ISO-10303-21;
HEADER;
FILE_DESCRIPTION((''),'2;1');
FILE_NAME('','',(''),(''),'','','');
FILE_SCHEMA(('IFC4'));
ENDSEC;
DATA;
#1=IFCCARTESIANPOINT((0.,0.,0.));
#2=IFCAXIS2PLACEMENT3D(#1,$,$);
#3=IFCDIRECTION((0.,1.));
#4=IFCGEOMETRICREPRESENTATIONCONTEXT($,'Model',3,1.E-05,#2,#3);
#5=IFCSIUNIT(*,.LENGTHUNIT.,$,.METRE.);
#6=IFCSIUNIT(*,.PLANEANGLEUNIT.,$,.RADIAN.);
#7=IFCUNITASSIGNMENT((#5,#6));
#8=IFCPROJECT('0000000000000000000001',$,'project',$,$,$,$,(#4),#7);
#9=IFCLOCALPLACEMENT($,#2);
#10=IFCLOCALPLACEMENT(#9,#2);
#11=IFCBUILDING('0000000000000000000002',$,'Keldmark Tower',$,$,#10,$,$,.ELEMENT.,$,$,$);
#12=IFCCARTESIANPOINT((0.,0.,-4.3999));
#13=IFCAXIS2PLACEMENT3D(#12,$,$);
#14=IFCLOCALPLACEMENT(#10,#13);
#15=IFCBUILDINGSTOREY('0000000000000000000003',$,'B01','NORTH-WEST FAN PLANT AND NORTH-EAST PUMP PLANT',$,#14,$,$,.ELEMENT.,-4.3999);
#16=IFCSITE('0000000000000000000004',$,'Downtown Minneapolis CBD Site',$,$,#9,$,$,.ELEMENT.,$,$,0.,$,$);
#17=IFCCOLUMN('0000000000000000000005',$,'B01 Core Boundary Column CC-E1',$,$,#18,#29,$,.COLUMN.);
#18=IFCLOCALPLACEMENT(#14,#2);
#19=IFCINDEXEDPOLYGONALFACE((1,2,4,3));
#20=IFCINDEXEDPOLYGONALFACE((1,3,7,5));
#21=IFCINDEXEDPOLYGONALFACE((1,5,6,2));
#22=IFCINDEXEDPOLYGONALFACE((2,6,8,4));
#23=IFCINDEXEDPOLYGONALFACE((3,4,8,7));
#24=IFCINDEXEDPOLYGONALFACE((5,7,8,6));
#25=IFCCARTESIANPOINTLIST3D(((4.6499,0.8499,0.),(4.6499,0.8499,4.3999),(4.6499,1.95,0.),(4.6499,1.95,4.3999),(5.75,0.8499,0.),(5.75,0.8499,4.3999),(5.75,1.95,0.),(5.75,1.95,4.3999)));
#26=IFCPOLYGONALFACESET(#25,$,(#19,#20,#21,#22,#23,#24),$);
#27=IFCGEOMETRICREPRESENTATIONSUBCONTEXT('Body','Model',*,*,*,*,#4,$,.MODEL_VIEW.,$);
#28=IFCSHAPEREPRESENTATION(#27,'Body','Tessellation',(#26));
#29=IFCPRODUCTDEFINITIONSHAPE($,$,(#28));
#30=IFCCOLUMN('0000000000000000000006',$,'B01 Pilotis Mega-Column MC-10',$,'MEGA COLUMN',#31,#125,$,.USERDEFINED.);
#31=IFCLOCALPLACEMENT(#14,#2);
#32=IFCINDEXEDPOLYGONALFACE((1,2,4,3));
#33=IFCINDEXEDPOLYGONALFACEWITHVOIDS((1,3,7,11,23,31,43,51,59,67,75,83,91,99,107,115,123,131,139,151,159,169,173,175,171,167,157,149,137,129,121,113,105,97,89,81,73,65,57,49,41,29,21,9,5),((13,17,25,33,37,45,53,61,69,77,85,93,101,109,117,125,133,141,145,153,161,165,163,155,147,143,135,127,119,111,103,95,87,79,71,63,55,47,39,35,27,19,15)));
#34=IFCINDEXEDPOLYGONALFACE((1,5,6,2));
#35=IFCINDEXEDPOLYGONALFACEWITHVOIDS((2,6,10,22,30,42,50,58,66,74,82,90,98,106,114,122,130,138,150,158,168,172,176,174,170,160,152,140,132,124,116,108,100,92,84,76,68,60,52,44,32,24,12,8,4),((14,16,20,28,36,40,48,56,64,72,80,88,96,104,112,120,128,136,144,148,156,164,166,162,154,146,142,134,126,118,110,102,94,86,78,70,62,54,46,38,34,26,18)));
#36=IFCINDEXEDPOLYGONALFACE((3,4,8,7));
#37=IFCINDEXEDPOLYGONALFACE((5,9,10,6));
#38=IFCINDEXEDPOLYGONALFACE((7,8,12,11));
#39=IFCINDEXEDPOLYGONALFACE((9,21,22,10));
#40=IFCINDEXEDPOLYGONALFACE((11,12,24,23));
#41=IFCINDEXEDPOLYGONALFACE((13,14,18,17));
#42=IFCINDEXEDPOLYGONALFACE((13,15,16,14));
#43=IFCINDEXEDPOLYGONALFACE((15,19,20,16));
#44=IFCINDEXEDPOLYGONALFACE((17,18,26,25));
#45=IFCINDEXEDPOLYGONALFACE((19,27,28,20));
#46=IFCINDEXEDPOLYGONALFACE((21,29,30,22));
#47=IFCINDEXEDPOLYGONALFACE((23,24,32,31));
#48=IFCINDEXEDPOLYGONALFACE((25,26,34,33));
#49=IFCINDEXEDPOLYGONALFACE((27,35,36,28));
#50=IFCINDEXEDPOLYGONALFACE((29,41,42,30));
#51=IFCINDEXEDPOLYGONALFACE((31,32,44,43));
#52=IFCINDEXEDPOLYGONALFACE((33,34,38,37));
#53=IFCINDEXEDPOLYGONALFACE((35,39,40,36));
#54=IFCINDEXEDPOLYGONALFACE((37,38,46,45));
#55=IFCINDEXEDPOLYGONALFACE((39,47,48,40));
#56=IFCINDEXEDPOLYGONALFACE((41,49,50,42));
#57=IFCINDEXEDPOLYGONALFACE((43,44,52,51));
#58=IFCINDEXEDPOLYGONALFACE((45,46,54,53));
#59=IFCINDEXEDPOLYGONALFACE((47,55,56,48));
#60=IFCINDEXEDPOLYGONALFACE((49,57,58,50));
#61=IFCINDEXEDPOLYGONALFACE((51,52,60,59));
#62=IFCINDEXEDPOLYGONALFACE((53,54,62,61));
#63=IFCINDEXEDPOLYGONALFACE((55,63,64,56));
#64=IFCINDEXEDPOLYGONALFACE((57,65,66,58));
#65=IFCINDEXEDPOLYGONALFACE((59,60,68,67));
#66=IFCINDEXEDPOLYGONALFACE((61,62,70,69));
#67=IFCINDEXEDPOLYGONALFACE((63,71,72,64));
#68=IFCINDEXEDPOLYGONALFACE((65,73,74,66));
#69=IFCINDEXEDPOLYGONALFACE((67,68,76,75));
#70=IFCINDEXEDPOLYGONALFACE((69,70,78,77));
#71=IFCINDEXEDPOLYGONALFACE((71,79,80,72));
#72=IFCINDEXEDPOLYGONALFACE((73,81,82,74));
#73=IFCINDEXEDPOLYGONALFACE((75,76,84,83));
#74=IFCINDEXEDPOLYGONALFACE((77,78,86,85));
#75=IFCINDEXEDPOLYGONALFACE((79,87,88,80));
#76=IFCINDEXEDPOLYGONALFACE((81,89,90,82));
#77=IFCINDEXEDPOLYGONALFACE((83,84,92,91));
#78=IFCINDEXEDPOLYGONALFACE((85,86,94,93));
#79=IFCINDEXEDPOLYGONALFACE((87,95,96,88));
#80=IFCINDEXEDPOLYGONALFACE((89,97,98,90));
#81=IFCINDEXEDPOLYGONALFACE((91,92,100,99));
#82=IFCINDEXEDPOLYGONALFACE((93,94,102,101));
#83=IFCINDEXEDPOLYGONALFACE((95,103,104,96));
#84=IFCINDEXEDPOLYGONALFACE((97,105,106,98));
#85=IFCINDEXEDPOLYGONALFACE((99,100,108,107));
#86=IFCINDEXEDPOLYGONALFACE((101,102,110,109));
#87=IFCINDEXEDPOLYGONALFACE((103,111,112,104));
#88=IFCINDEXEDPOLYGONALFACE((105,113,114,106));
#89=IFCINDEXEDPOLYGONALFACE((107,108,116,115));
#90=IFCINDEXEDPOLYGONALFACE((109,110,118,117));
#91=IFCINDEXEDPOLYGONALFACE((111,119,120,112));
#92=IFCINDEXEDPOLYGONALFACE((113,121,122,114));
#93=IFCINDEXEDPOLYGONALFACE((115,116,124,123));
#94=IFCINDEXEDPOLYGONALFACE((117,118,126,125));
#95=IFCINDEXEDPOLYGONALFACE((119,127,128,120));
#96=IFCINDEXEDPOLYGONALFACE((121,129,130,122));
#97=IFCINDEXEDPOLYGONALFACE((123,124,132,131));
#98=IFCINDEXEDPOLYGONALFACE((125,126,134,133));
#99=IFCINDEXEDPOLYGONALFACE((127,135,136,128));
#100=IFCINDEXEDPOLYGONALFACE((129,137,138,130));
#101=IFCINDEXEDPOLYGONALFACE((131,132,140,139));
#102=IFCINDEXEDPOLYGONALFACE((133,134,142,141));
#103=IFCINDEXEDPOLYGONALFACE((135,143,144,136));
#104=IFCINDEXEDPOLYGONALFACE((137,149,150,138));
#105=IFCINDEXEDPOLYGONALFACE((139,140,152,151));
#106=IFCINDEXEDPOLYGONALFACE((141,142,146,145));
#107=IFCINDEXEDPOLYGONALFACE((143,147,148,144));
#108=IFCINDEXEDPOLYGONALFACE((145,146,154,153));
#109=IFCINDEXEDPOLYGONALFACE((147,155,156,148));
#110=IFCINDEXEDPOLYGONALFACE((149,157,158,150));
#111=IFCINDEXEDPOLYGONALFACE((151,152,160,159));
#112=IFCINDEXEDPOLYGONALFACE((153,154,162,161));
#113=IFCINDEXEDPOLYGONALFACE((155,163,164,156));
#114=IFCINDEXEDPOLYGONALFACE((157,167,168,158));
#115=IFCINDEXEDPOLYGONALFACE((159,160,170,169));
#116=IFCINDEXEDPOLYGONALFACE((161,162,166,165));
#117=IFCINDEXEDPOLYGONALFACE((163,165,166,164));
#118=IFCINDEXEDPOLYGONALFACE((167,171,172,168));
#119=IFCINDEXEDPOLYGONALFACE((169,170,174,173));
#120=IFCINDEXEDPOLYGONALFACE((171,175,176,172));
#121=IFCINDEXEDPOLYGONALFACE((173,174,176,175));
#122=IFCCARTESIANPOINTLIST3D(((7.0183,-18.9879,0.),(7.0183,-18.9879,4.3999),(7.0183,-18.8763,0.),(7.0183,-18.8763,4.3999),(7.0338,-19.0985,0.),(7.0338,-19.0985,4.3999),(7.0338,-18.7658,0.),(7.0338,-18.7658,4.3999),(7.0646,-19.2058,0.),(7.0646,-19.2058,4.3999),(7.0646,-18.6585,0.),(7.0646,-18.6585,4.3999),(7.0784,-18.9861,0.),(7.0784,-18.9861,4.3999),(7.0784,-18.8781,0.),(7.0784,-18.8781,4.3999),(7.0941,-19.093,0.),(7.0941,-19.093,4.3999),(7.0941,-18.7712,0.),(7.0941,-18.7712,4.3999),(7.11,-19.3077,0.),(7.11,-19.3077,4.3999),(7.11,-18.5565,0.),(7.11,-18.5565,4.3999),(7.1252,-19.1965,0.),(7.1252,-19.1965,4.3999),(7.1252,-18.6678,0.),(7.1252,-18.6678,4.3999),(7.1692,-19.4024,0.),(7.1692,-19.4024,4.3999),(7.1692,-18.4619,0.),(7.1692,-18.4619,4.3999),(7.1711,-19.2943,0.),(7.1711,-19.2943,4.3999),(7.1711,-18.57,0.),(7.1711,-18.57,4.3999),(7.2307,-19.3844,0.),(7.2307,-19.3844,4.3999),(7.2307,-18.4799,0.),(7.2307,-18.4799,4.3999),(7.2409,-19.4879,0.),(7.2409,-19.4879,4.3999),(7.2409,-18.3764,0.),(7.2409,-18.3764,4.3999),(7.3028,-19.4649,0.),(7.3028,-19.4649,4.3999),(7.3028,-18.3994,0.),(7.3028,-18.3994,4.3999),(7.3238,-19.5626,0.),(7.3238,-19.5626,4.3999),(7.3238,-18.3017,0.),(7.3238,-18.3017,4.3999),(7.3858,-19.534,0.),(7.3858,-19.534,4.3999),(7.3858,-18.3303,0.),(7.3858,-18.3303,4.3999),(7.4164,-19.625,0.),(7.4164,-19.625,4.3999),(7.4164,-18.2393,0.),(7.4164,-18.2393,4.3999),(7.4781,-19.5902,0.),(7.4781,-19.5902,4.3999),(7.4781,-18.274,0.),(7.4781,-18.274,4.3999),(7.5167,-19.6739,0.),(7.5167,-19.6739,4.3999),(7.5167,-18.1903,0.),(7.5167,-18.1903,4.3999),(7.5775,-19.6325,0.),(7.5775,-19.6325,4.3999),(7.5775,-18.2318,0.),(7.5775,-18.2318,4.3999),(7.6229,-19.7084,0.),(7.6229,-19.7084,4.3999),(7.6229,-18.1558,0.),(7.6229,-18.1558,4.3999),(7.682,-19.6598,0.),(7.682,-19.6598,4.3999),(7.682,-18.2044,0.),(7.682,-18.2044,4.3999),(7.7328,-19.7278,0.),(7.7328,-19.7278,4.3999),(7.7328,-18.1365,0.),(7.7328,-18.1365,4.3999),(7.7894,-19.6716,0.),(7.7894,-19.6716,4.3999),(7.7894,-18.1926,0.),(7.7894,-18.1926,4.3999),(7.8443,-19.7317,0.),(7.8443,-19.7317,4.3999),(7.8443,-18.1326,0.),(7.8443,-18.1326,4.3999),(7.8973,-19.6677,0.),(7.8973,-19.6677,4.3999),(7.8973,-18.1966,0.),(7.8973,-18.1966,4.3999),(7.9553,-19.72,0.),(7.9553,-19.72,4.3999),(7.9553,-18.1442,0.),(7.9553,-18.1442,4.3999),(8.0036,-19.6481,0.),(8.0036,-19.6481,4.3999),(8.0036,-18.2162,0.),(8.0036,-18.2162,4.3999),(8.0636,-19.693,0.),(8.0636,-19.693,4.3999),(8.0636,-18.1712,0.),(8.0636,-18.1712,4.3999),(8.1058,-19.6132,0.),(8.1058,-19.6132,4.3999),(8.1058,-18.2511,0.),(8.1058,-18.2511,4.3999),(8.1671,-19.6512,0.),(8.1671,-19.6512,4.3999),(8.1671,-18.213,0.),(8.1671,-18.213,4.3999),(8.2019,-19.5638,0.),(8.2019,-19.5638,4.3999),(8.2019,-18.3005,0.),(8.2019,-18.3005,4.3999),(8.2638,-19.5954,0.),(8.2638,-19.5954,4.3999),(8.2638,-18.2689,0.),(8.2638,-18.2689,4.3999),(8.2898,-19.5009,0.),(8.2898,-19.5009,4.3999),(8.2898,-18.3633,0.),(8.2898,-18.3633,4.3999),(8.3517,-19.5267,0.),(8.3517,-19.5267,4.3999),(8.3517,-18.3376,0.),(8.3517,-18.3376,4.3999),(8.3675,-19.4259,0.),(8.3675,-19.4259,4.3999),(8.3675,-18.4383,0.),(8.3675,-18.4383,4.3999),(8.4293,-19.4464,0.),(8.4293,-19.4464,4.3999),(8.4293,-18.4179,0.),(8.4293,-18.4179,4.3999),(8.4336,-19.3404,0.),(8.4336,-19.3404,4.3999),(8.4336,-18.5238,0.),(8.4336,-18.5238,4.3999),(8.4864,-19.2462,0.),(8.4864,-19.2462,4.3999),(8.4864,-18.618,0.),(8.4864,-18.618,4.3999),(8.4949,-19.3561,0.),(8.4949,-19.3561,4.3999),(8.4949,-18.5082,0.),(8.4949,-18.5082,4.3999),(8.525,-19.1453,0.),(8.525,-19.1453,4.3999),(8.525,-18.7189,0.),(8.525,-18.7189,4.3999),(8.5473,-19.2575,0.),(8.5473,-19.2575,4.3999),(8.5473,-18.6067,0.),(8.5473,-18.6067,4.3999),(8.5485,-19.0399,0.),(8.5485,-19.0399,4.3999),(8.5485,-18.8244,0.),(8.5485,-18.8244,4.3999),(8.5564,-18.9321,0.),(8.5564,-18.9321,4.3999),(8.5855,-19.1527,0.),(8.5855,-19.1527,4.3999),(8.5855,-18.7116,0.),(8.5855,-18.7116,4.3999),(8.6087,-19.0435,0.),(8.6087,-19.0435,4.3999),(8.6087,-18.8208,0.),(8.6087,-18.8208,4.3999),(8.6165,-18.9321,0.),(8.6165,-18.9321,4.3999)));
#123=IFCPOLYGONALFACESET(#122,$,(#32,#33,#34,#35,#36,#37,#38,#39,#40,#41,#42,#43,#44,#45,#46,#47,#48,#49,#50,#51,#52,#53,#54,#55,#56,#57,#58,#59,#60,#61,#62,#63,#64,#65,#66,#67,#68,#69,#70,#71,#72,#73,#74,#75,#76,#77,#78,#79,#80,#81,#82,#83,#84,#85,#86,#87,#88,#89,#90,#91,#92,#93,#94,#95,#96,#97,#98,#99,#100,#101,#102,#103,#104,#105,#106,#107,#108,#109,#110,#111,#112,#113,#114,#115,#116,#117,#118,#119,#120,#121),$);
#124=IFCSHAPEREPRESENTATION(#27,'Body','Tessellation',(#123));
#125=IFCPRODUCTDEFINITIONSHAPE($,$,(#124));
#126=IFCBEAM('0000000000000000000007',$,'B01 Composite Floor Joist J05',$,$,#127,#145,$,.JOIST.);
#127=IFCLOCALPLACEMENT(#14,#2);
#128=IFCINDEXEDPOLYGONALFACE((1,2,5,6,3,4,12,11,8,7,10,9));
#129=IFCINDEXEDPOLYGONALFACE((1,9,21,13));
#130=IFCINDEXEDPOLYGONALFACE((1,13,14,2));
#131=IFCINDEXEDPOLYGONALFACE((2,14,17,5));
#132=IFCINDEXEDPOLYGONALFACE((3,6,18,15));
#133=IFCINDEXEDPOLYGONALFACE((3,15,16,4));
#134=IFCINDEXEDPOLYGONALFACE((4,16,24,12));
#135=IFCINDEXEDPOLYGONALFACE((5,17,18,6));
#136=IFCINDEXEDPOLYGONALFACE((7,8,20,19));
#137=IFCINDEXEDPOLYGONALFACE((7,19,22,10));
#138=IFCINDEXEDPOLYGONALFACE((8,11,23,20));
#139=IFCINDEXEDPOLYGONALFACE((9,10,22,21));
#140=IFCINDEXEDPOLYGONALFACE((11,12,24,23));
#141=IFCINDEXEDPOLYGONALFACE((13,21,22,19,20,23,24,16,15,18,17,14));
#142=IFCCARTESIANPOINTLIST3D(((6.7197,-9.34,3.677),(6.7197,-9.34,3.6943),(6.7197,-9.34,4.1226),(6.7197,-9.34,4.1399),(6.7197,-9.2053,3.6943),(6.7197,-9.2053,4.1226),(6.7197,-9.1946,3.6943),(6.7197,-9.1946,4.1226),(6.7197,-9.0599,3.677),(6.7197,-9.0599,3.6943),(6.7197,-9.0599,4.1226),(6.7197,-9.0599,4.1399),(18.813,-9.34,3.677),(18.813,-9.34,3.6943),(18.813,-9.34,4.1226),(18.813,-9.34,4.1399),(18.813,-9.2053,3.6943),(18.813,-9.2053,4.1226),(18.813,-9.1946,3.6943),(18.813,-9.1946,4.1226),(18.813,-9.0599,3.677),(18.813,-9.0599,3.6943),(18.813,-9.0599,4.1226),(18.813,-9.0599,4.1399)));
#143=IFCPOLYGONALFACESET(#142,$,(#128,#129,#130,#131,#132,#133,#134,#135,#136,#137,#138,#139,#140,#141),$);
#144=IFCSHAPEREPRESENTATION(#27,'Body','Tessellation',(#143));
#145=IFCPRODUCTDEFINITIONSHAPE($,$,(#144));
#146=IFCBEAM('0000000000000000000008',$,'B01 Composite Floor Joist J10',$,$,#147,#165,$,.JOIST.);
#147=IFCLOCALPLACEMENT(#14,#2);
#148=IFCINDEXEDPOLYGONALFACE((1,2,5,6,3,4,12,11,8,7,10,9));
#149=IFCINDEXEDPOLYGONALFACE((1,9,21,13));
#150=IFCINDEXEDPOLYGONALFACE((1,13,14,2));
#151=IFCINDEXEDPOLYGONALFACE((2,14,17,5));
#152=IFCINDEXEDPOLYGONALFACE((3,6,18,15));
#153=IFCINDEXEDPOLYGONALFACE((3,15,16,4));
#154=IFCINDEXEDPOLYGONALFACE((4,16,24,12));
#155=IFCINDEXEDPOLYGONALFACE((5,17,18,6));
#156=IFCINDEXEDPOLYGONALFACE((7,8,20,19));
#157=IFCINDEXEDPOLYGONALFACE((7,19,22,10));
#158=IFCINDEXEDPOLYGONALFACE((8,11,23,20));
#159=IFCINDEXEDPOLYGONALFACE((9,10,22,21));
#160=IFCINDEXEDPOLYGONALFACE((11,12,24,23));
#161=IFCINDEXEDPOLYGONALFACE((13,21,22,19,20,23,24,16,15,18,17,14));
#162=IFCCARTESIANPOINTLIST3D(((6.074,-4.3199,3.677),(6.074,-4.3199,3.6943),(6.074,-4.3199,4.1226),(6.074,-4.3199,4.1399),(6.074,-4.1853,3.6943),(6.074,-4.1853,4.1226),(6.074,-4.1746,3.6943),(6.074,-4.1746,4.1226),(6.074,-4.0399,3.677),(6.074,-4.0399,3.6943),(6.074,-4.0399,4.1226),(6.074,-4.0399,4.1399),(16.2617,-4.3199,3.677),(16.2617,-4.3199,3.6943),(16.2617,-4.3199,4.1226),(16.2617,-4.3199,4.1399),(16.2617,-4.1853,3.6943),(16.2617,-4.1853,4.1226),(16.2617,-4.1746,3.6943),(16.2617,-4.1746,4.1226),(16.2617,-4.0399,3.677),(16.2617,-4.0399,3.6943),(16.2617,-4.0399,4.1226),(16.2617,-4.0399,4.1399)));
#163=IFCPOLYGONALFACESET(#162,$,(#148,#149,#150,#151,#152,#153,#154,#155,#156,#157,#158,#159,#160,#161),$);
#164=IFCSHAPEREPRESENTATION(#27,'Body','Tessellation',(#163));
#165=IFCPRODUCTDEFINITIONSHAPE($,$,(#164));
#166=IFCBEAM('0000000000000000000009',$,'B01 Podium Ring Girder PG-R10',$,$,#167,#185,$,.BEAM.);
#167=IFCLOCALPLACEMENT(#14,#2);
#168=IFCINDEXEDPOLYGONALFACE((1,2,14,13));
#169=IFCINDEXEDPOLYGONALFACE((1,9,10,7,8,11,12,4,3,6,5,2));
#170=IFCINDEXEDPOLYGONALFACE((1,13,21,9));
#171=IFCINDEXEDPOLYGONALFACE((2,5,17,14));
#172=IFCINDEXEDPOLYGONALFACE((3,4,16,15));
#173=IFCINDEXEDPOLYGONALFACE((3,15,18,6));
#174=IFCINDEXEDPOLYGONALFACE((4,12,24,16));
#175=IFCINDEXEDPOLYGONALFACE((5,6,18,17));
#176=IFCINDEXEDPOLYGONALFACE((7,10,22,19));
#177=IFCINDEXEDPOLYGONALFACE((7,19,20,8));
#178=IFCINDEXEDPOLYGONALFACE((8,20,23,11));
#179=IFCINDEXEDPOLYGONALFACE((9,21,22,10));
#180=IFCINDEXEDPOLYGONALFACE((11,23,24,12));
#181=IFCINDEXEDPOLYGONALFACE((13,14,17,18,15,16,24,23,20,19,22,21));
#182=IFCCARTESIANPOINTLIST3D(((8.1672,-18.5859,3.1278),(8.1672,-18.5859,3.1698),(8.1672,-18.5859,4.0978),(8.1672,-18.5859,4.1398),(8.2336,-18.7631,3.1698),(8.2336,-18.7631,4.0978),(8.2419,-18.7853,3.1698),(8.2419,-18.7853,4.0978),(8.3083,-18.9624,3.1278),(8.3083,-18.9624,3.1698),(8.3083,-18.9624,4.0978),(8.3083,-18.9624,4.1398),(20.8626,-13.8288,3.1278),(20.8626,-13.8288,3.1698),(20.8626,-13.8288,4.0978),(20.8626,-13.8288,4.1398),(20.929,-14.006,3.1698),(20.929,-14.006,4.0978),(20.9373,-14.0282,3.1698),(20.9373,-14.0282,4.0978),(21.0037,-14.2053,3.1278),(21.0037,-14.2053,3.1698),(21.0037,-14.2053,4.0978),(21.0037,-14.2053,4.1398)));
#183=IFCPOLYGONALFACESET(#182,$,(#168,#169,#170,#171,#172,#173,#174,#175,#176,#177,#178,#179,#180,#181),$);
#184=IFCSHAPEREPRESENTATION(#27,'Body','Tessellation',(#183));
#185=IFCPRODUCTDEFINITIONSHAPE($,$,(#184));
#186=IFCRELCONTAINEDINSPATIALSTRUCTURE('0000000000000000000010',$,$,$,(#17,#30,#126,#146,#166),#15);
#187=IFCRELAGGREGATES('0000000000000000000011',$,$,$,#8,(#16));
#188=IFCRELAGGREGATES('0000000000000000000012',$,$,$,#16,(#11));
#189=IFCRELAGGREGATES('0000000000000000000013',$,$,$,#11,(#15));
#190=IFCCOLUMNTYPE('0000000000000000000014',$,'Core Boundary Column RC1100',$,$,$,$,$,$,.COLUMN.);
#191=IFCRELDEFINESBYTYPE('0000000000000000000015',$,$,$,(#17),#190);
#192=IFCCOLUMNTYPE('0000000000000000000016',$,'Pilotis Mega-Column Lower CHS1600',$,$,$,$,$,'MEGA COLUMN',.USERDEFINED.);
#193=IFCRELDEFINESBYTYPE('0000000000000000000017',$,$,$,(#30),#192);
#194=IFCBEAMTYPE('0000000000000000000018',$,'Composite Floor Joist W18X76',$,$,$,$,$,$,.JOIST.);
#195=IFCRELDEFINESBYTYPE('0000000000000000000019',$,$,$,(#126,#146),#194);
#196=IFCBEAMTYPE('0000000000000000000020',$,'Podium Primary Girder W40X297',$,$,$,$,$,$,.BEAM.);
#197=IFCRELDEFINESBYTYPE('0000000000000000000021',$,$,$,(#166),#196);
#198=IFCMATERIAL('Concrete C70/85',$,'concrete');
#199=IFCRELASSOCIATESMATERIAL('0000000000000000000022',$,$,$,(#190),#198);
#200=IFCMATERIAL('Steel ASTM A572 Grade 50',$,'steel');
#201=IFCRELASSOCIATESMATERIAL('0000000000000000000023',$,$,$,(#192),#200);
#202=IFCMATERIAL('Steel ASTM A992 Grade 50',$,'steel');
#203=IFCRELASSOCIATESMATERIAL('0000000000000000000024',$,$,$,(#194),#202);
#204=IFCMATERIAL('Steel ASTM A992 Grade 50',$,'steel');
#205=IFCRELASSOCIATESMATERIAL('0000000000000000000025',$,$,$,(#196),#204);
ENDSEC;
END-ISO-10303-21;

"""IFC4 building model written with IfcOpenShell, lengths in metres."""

from ifc_helpers import new_model, si_unit, direction, frame, origin, origin_2d, place, context, subcontext, project, spatial, rectangle, hollow_circle, i_section, extrude, material, material_profile, profile_set, type_object, element, save


model = new_model("IFC4")

# Units and contexts
model_context = context("Model", 3, precision=1e-05, world=origin(), true_north=direction((0.0, 1.0)))
body_context = subcontext(model_context, "Body", "Model", "MODEL_VIEW")
ifc_project = project(units=[si_unit("LENGTHUNIT", "METRE"), si_unit("PLANEANGLEUNIT", "RADIAN")], contexts=[model_context])

# Site, building, storey
site_placement = place(None, origin())
site = spatial("IfcSite", under=ifc_project, at=site_placement, Name="Downtown Minneapolis CBD Site", CompositionType="ELEMENT", RefElevation=0.0)
building_placement = place(site_placement, origin())
building = spatial("IfcBuilding", under=site, at=building_placement, Name="Keldmark Tower", CompositionType="ELEMENT")
storey_placement = place(building_placement, frame((0.0, 0.0, -4.3999)))
storey = spatial("IfcBuildingStorey", under=building, at=storey_placement, Name="B01", Description="NORTH-WEST FAN PLANT AND NORTH-EAST PUMP PLANT", CompositionType="ELEMENT", Elevation=-4.3999)

# Columns
ifc_material_1 = material(Name="Concrete C70/85", Category="concrete")
ifc_material_profile_1 = material_profile(ifc_material_1, rectangle(XDim=1.1001, YDim=1.1001, at=origin_2d()), Name="RC1100X1100")
ifc_profile_set_1 = profile_set([ifc_material_profile_1], Name="Concrete C70/85")
column_type_1 = type_object("IfcColumnType", Name="Core Boundary Column RC1100", PredefinedType="COLUMN", material=ifc_profile_set_1)
column_1_placement = place(storey_placement, frame((5.2, 1.3999, 0.0), z_axis=(0.0, 0.0, 1.0), x_axis=(1.0, 0.0, 0.0)))
element("IfcColumn", 1, at=column_1_placement, inside=storey, type_object=column_type_1, Name="B01 Core Boundary Column CC-E1", PredefinedType="COLUMN", context=body_context, shape_type="SweptSolid", body=[
    extrude(rectangle(XDim=1.1001, YDim=1.1001, at=origin_2d()), origin(), (0.0, 0.0, 1.0), 4.3999),
])
ifc_material_2 = material(Name="Steel ASTM A572 Grade 50", Category="steel")
ifc_material_profile_2 = material_profile(ifc_material_2, hollow_circle(Radius=0.8, WallThickness=0.0601, at=origin_2d()), Name="CHS1600X60")
ifc_profile_set_2 = profile_set([ifc_material_profile_2], Name="Steel ASTM A572 Grade 50")
column_type_2 = type_object("IfcColumnType", Name="Pilotis Mega-Column Lower CHS1600", ElementType="MEGA COLUMN", PredefinedType="USERDEFINED", material=ifc_profile_set_2)
column_2_placement = place(storey_placement, frame((7.8164, -18.9321, 0.0), z_axis=(0.0, 0.0, 1.0), x_axis=(1.0, 0.0, 0.0)))
element("IfcColumn", 2, at=column_2_placement, inside=storey, type_object=column_type_2, Name="B01 Pilotis Mega-Column MC-10", ObjectType="MEGA COLUMN", PredefinedType="USERDEFINED", context=body_context, shape_type="SweptSolid", body=[
    extrude(hollow_circle(Radius=0.8, WallThickness=0.0601, at=origin_2d()), origin(), (0.0, 0.0, 1.0), 4.3999),
])

# Beams
ifc_material_3 = material(Name="Steel ASTM A992 Grade 50", Category="steel")
ifc_material_profile_3 = material_profile(ifc_material_3, i_section(OverallWidth=0.28, OverallDepth=0.4629, WebThickness=0.0107, FlangeThickness=0.0173, at=origin_2d()), Name="W18X76")
ifc_profile_set_3 = profile_set([ifc_material_profile_3], Name="Steel ASTM A992 Grade 50")
beam_type_1 = type_object("IfcBeamType", Name="Composite Floor Joist W18X76", PredefinedType="JOIST", material=ifc_profile_set_3)
beam_1_placement = place(storey_placement, frame((6.7197, -9.2, 3.9084), z_axis=(1.0, 0.0, 0.0), x_axis=(0.0, 1.0, 0.0)))
element("IfcBeam", 3, at=beam_1_placement, inside=storey, type_object=beam_type_1, Name="B01 Composite Floor Joist J05", PredefinedType="JOIST", context=body_context, shape_type="SweptSolid", body=[
    extrude(i_section(OverallWidth=0.28, OverallDepth=0.4629, WebThickness=0.0107, FlangeThickness=0.0173, at=origin_2d()), origin(), (0.0, 0.0, 1.0), 12.0933),
])
beam_2_placement = place(storey_placement, frame((6.074, -4.1799, 3.9084), z_axis=(1.0, 0.0, 0.0), x_axis=(0.0, 1.0, 0.0)))
element("IfcBeam", 4, at=beam_2_placement, inside=storey, type_object=beam_type_1, Name="B01 Composite Floor Joist J10", PredefinedType="JOIST", context=body_context, shape_type="SweptSolid", body=[
    extrude(i_section(OverallWidth=0.28, OverallDepth=0.4629, WebThickness=0.0107, FlangeThickness=0.0173, at=origin_2d()), origin(), (0.0, 0.0, 1.0), 10.1877),
])
ifc_material_4 = material(Name="Steel ASTM A992 Grade 50", Category="steel")
ifc_material_profile_4 = material_profile(ifc_material_4, i_section(OverallWidth=0.4021, OverallDepth=1.012, WebThickness=0.0237, FlangeThickness=0.042, at=origin_2d()), Name="W40X297")
ifc_profile_set_4 = profile_set([ifc_material_profile_4], Name="Steel ASTM A992 Grade 50")
beam_type_2 = type_object("IfcBeamType", Name="Podium Primary Girder W40X297", PredefinedType="BEAM", material=ifc_profile_set_4)
beam_3_placement = place(storey_placement, frame((8.2378, -18.7742, 3.6338), z_axis=(0.936418, 0.350887, 0.0), x_axis=(-0.350887, 0.936418, 0.0)))
element("IfcBeam", 5, at=beam_3_placement, inside=storey, type_object=beam_type_2, Name="B01 Podium Ring Girder PG-R10", PredefinedType="BEAM", context=body_context, shape_type="SweptSolid", body=[
    extrude(i_section(OverallWidth=0.4021, OverallDepth=1.012, WebThickness=0.0237, FlangeThickness=0.042, at=origin_2d()), origin(), (0.0, 0.0, 1.0), 13.5574),
])

save(model, "model.ifc")
